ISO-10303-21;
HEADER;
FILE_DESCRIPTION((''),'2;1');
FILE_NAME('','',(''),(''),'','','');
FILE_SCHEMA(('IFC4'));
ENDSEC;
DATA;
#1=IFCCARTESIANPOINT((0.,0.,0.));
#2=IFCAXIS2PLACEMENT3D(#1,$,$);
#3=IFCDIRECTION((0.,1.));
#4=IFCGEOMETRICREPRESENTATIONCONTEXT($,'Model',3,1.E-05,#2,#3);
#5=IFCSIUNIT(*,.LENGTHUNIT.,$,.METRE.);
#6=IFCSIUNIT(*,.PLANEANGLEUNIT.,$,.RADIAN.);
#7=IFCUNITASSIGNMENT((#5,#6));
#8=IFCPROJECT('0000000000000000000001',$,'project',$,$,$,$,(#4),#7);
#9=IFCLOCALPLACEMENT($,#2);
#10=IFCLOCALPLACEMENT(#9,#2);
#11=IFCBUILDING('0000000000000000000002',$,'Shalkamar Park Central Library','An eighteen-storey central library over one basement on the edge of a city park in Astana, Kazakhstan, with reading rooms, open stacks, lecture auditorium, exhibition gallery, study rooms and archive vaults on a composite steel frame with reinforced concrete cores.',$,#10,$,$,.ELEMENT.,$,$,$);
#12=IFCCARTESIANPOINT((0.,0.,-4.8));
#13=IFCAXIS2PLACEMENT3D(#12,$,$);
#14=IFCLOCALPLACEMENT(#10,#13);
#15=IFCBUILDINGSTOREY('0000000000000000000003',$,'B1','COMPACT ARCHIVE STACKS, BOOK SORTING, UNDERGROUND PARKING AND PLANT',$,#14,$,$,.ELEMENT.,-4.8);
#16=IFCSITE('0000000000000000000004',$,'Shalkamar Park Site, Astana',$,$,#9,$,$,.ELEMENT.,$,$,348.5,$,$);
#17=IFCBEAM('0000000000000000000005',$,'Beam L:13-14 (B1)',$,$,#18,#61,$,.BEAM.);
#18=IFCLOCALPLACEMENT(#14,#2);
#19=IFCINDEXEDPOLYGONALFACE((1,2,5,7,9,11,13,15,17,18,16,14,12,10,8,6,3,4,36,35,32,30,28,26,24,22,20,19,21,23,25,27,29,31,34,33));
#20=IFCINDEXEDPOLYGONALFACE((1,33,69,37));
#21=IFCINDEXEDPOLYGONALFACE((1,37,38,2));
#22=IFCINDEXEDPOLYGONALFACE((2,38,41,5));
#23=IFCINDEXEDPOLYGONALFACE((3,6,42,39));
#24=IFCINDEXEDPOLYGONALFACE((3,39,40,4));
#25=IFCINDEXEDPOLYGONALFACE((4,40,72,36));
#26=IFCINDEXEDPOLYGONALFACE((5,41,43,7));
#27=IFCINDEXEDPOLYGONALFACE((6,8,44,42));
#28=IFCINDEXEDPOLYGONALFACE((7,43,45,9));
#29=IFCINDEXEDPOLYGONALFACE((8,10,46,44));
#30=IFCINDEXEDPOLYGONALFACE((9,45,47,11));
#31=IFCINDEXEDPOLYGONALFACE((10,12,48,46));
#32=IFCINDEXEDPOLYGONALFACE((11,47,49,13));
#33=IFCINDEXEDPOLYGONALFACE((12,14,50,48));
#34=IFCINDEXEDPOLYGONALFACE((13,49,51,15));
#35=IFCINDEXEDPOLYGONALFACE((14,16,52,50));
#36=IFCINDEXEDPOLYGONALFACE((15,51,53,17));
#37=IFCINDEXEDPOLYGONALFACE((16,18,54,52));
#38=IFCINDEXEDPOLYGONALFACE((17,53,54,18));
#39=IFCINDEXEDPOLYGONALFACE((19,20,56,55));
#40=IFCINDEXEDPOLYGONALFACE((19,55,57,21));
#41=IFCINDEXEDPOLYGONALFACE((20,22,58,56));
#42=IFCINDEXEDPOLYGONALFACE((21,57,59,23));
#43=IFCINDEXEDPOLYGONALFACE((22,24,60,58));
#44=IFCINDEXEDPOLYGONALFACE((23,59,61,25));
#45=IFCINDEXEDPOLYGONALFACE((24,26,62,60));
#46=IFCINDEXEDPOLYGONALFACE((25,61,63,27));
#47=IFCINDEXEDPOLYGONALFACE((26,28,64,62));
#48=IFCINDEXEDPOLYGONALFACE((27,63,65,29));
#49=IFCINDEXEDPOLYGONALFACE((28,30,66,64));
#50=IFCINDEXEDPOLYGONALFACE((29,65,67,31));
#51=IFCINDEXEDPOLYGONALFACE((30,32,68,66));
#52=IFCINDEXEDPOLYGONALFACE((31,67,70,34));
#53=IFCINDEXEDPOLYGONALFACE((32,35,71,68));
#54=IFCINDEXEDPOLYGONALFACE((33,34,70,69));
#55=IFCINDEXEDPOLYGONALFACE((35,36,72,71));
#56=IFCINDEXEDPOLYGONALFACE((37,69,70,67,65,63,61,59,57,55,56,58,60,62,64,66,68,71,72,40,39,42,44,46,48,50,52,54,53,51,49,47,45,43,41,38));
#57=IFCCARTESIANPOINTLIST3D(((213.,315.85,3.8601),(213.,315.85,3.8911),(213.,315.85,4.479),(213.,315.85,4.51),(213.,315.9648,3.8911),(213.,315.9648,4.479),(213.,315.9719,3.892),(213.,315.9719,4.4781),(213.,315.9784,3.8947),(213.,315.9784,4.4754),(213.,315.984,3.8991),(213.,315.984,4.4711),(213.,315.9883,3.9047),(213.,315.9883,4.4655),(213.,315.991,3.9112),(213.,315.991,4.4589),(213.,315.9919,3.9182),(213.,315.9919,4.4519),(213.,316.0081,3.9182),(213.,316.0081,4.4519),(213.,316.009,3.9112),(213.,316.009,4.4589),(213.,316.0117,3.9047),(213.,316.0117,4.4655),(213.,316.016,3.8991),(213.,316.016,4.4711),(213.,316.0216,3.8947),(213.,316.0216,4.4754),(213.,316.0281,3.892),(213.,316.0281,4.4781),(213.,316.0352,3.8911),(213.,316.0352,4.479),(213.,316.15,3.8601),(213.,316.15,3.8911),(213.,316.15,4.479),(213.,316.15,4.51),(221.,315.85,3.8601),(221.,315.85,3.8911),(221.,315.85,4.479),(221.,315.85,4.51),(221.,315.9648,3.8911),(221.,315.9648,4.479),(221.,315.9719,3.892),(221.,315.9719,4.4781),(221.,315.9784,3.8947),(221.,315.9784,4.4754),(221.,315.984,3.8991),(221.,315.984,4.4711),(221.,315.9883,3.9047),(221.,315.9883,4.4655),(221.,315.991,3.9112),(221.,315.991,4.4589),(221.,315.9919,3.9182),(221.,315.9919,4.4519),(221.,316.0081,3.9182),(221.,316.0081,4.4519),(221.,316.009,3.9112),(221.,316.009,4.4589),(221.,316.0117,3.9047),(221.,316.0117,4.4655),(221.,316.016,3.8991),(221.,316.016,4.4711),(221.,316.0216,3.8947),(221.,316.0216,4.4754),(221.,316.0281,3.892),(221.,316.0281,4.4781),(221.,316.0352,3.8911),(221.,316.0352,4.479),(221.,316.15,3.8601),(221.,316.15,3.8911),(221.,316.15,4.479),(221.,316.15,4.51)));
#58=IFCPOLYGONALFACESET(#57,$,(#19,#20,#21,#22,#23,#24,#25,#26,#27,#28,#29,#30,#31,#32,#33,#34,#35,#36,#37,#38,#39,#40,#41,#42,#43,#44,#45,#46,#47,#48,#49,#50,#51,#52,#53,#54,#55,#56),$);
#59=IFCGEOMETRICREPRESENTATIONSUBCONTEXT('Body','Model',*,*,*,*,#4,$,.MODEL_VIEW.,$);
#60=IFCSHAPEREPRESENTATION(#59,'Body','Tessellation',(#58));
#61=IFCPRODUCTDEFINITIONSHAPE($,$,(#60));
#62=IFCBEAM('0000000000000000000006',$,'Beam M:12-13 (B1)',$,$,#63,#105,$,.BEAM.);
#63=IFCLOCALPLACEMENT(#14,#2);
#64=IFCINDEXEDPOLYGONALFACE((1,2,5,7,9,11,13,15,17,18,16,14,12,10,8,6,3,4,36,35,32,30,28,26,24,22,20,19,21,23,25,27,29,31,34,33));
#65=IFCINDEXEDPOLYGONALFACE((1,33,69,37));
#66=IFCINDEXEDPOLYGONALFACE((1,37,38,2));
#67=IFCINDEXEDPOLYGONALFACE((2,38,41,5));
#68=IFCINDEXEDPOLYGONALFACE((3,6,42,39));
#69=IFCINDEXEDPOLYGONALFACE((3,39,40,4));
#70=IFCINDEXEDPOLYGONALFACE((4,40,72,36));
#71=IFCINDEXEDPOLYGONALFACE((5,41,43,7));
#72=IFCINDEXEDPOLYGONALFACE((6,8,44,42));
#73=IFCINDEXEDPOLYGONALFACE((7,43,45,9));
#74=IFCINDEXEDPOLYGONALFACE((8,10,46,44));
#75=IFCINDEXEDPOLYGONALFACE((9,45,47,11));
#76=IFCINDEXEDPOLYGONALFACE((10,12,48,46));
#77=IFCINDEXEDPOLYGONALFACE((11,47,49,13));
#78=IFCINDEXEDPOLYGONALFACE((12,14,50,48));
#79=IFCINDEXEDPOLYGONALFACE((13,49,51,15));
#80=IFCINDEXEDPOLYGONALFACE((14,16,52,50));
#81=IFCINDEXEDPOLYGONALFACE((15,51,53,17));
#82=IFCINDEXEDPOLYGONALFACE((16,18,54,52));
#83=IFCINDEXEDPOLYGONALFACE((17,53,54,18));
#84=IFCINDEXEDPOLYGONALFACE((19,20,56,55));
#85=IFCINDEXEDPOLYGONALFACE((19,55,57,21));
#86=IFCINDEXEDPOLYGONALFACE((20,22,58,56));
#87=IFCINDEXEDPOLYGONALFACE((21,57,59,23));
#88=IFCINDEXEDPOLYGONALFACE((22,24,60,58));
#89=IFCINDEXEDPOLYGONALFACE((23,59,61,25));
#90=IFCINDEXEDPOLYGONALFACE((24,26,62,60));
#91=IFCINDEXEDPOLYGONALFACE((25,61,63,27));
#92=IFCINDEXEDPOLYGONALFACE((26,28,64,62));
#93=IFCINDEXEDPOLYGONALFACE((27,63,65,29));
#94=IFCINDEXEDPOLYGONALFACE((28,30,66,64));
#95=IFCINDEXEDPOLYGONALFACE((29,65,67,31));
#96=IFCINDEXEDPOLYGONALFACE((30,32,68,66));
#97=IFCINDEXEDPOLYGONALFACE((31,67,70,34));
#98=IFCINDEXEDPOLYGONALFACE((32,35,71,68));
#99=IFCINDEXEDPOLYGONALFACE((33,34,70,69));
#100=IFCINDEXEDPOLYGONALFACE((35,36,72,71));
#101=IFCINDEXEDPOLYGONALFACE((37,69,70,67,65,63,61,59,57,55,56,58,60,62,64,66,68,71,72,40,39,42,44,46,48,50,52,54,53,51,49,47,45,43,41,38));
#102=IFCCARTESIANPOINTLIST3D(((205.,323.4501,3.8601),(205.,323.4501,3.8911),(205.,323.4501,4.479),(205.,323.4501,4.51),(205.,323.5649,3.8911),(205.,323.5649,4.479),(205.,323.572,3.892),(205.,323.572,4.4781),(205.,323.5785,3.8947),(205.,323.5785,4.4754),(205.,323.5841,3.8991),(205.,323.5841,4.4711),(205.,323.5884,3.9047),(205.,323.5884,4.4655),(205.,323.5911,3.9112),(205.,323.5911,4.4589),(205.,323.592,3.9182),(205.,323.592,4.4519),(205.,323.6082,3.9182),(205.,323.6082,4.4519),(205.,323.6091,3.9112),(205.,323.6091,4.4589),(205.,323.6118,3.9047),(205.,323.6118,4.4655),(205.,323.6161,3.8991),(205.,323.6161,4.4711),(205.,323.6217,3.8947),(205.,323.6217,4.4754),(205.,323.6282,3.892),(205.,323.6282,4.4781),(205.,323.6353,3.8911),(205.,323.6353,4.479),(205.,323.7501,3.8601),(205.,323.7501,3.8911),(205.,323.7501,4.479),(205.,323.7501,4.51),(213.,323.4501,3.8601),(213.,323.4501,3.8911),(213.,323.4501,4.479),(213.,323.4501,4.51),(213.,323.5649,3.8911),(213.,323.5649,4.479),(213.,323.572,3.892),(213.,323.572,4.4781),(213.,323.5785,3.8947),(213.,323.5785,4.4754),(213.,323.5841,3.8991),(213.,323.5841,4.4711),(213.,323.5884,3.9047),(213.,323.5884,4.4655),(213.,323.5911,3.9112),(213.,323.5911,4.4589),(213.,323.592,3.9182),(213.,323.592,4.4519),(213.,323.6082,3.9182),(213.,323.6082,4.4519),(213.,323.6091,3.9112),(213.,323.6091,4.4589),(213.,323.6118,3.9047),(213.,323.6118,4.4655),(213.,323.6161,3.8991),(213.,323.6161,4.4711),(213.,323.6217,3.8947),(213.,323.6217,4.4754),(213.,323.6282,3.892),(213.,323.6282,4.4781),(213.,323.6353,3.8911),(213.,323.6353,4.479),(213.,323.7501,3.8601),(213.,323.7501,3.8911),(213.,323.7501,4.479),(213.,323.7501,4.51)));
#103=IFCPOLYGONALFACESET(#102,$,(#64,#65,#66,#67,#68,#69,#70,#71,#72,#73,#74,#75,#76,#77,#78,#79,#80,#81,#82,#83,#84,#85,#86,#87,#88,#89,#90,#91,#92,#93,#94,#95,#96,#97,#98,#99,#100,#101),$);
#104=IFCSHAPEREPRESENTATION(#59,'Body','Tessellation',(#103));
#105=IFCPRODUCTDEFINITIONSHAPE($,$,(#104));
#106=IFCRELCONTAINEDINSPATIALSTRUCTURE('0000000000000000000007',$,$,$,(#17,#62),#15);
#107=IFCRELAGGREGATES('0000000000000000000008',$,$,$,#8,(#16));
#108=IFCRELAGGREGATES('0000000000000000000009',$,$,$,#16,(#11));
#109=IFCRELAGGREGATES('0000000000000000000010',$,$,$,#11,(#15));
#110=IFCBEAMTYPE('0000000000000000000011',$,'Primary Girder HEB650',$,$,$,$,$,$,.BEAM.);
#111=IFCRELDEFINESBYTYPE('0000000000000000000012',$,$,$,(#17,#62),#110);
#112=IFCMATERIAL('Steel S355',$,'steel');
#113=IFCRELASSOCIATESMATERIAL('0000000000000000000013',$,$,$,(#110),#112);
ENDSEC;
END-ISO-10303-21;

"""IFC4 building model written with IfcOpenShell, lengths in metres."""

from ifc_helpers import new_model, si_unit, direction, frame, origin, origin_2d, place, context, subcontext, project, spatial, i_section, extrude, material, material_profile, profile_set, type_object, element, save


model = new_model("IFC4")

# Units and contexts
model_context = context("Model", 3, precision=1e-05, world=origin(), true_north=direction((0.0, 1.0)))
body_context = subcontext(model_context, "Body", "Model", "MODEL_VIEW")
ifc_project = project(units=[si_unit("LENGTHUNIT", "METRE"), si_unit("PLANEANGLEUNIT", "RADIAN")], contexts=[model_context])

# Site, building, storey
site_placement = place(None, origin())
site = spatial("IfcSite", under=ifc_project, at=site_placement, Name="Shalkamar Park Site, Astana", CompositionType="ELEMENT", RefElevation=348.5)
building_placement = place(site_placement, origin())
building = spatial("IfcBuilding", under=site, at=building_placement, Name="Shalkamar Park Central Library", Description="An eighteen-storey central library over one basement on the edge of a city park in Astana, Kazakhstan, with reading rooms, open stacks, lecture auditorium, exhibition gallery, study rooms and archive vaults on a composite steel frame with reinforced concrete cores.", CompositionType="ELEMENT")
storey_placement = place(building_placement, frame((0.0, 0.0, -4.8)))
storey = spatial("IfcBuildingStorey", under=building, at=storey_placement, Name="B1", Description="COMPACT ARCHIVE STACKS, BOOK SORTING, UNDERGROUND PARKING AND PLANT", CompositionType="ELEMENT", Elevation=-4.8)

# Shared definitions
ifc_material_1 = material(Name="Steel S355", Category="steel")

# Beams
ifc_material_profile_1 = material_profile(ifc_material_1, i_section(OverallWidth=0.3, OverallDepth=0.6499, WebThickness=0.0161, FlangeThickness=0.031, FilletRadius=0.0271, at=origin_2d()), Name="HEB 650")
ifc_profile_set_1 = profile_set([ifc_material_profile_1], Name="Steel S355")
beam_type_1 = type_object("IfcBeamType", Name="Primary Girder HEB650", PredefinedType="BEAM", material=ifc_profile_set_1)
for number, where, z_axis, x_axis, name in (
    (1, (213.0, 316.0, 4.1851), (1.0, 0.0, 0.0), (0.0, 1.0, 0.0), "Beam L:13-14 (B1)"),
    (2, (205.0, 323.6001, 4.1851), (1.0, 0.0, 0.0), (0.0, 1.0, 0.0), "Beam M:12-13 (B1)"),
):
    element("IfcBeam", number, at=place(storey_placement, frame(where, z_axis=z_axis, x_axis=x_axis)), inside=storey, type_object=beam_type_1, Name=name, PredefinedType="BEAM", context=body_context, shape_type="SweptSolid", body=[
        extrude(i_section(OverallWidth=0.3, OverallDepth=0.6499, WebThickness=0.0161, FlangeThickness=0.031, FilletRadius=0.0271, at=origin_2d()), origin(), (0.0, 0.0, 1.0), 8.0),
    ])

save(model, "model.ifc")
